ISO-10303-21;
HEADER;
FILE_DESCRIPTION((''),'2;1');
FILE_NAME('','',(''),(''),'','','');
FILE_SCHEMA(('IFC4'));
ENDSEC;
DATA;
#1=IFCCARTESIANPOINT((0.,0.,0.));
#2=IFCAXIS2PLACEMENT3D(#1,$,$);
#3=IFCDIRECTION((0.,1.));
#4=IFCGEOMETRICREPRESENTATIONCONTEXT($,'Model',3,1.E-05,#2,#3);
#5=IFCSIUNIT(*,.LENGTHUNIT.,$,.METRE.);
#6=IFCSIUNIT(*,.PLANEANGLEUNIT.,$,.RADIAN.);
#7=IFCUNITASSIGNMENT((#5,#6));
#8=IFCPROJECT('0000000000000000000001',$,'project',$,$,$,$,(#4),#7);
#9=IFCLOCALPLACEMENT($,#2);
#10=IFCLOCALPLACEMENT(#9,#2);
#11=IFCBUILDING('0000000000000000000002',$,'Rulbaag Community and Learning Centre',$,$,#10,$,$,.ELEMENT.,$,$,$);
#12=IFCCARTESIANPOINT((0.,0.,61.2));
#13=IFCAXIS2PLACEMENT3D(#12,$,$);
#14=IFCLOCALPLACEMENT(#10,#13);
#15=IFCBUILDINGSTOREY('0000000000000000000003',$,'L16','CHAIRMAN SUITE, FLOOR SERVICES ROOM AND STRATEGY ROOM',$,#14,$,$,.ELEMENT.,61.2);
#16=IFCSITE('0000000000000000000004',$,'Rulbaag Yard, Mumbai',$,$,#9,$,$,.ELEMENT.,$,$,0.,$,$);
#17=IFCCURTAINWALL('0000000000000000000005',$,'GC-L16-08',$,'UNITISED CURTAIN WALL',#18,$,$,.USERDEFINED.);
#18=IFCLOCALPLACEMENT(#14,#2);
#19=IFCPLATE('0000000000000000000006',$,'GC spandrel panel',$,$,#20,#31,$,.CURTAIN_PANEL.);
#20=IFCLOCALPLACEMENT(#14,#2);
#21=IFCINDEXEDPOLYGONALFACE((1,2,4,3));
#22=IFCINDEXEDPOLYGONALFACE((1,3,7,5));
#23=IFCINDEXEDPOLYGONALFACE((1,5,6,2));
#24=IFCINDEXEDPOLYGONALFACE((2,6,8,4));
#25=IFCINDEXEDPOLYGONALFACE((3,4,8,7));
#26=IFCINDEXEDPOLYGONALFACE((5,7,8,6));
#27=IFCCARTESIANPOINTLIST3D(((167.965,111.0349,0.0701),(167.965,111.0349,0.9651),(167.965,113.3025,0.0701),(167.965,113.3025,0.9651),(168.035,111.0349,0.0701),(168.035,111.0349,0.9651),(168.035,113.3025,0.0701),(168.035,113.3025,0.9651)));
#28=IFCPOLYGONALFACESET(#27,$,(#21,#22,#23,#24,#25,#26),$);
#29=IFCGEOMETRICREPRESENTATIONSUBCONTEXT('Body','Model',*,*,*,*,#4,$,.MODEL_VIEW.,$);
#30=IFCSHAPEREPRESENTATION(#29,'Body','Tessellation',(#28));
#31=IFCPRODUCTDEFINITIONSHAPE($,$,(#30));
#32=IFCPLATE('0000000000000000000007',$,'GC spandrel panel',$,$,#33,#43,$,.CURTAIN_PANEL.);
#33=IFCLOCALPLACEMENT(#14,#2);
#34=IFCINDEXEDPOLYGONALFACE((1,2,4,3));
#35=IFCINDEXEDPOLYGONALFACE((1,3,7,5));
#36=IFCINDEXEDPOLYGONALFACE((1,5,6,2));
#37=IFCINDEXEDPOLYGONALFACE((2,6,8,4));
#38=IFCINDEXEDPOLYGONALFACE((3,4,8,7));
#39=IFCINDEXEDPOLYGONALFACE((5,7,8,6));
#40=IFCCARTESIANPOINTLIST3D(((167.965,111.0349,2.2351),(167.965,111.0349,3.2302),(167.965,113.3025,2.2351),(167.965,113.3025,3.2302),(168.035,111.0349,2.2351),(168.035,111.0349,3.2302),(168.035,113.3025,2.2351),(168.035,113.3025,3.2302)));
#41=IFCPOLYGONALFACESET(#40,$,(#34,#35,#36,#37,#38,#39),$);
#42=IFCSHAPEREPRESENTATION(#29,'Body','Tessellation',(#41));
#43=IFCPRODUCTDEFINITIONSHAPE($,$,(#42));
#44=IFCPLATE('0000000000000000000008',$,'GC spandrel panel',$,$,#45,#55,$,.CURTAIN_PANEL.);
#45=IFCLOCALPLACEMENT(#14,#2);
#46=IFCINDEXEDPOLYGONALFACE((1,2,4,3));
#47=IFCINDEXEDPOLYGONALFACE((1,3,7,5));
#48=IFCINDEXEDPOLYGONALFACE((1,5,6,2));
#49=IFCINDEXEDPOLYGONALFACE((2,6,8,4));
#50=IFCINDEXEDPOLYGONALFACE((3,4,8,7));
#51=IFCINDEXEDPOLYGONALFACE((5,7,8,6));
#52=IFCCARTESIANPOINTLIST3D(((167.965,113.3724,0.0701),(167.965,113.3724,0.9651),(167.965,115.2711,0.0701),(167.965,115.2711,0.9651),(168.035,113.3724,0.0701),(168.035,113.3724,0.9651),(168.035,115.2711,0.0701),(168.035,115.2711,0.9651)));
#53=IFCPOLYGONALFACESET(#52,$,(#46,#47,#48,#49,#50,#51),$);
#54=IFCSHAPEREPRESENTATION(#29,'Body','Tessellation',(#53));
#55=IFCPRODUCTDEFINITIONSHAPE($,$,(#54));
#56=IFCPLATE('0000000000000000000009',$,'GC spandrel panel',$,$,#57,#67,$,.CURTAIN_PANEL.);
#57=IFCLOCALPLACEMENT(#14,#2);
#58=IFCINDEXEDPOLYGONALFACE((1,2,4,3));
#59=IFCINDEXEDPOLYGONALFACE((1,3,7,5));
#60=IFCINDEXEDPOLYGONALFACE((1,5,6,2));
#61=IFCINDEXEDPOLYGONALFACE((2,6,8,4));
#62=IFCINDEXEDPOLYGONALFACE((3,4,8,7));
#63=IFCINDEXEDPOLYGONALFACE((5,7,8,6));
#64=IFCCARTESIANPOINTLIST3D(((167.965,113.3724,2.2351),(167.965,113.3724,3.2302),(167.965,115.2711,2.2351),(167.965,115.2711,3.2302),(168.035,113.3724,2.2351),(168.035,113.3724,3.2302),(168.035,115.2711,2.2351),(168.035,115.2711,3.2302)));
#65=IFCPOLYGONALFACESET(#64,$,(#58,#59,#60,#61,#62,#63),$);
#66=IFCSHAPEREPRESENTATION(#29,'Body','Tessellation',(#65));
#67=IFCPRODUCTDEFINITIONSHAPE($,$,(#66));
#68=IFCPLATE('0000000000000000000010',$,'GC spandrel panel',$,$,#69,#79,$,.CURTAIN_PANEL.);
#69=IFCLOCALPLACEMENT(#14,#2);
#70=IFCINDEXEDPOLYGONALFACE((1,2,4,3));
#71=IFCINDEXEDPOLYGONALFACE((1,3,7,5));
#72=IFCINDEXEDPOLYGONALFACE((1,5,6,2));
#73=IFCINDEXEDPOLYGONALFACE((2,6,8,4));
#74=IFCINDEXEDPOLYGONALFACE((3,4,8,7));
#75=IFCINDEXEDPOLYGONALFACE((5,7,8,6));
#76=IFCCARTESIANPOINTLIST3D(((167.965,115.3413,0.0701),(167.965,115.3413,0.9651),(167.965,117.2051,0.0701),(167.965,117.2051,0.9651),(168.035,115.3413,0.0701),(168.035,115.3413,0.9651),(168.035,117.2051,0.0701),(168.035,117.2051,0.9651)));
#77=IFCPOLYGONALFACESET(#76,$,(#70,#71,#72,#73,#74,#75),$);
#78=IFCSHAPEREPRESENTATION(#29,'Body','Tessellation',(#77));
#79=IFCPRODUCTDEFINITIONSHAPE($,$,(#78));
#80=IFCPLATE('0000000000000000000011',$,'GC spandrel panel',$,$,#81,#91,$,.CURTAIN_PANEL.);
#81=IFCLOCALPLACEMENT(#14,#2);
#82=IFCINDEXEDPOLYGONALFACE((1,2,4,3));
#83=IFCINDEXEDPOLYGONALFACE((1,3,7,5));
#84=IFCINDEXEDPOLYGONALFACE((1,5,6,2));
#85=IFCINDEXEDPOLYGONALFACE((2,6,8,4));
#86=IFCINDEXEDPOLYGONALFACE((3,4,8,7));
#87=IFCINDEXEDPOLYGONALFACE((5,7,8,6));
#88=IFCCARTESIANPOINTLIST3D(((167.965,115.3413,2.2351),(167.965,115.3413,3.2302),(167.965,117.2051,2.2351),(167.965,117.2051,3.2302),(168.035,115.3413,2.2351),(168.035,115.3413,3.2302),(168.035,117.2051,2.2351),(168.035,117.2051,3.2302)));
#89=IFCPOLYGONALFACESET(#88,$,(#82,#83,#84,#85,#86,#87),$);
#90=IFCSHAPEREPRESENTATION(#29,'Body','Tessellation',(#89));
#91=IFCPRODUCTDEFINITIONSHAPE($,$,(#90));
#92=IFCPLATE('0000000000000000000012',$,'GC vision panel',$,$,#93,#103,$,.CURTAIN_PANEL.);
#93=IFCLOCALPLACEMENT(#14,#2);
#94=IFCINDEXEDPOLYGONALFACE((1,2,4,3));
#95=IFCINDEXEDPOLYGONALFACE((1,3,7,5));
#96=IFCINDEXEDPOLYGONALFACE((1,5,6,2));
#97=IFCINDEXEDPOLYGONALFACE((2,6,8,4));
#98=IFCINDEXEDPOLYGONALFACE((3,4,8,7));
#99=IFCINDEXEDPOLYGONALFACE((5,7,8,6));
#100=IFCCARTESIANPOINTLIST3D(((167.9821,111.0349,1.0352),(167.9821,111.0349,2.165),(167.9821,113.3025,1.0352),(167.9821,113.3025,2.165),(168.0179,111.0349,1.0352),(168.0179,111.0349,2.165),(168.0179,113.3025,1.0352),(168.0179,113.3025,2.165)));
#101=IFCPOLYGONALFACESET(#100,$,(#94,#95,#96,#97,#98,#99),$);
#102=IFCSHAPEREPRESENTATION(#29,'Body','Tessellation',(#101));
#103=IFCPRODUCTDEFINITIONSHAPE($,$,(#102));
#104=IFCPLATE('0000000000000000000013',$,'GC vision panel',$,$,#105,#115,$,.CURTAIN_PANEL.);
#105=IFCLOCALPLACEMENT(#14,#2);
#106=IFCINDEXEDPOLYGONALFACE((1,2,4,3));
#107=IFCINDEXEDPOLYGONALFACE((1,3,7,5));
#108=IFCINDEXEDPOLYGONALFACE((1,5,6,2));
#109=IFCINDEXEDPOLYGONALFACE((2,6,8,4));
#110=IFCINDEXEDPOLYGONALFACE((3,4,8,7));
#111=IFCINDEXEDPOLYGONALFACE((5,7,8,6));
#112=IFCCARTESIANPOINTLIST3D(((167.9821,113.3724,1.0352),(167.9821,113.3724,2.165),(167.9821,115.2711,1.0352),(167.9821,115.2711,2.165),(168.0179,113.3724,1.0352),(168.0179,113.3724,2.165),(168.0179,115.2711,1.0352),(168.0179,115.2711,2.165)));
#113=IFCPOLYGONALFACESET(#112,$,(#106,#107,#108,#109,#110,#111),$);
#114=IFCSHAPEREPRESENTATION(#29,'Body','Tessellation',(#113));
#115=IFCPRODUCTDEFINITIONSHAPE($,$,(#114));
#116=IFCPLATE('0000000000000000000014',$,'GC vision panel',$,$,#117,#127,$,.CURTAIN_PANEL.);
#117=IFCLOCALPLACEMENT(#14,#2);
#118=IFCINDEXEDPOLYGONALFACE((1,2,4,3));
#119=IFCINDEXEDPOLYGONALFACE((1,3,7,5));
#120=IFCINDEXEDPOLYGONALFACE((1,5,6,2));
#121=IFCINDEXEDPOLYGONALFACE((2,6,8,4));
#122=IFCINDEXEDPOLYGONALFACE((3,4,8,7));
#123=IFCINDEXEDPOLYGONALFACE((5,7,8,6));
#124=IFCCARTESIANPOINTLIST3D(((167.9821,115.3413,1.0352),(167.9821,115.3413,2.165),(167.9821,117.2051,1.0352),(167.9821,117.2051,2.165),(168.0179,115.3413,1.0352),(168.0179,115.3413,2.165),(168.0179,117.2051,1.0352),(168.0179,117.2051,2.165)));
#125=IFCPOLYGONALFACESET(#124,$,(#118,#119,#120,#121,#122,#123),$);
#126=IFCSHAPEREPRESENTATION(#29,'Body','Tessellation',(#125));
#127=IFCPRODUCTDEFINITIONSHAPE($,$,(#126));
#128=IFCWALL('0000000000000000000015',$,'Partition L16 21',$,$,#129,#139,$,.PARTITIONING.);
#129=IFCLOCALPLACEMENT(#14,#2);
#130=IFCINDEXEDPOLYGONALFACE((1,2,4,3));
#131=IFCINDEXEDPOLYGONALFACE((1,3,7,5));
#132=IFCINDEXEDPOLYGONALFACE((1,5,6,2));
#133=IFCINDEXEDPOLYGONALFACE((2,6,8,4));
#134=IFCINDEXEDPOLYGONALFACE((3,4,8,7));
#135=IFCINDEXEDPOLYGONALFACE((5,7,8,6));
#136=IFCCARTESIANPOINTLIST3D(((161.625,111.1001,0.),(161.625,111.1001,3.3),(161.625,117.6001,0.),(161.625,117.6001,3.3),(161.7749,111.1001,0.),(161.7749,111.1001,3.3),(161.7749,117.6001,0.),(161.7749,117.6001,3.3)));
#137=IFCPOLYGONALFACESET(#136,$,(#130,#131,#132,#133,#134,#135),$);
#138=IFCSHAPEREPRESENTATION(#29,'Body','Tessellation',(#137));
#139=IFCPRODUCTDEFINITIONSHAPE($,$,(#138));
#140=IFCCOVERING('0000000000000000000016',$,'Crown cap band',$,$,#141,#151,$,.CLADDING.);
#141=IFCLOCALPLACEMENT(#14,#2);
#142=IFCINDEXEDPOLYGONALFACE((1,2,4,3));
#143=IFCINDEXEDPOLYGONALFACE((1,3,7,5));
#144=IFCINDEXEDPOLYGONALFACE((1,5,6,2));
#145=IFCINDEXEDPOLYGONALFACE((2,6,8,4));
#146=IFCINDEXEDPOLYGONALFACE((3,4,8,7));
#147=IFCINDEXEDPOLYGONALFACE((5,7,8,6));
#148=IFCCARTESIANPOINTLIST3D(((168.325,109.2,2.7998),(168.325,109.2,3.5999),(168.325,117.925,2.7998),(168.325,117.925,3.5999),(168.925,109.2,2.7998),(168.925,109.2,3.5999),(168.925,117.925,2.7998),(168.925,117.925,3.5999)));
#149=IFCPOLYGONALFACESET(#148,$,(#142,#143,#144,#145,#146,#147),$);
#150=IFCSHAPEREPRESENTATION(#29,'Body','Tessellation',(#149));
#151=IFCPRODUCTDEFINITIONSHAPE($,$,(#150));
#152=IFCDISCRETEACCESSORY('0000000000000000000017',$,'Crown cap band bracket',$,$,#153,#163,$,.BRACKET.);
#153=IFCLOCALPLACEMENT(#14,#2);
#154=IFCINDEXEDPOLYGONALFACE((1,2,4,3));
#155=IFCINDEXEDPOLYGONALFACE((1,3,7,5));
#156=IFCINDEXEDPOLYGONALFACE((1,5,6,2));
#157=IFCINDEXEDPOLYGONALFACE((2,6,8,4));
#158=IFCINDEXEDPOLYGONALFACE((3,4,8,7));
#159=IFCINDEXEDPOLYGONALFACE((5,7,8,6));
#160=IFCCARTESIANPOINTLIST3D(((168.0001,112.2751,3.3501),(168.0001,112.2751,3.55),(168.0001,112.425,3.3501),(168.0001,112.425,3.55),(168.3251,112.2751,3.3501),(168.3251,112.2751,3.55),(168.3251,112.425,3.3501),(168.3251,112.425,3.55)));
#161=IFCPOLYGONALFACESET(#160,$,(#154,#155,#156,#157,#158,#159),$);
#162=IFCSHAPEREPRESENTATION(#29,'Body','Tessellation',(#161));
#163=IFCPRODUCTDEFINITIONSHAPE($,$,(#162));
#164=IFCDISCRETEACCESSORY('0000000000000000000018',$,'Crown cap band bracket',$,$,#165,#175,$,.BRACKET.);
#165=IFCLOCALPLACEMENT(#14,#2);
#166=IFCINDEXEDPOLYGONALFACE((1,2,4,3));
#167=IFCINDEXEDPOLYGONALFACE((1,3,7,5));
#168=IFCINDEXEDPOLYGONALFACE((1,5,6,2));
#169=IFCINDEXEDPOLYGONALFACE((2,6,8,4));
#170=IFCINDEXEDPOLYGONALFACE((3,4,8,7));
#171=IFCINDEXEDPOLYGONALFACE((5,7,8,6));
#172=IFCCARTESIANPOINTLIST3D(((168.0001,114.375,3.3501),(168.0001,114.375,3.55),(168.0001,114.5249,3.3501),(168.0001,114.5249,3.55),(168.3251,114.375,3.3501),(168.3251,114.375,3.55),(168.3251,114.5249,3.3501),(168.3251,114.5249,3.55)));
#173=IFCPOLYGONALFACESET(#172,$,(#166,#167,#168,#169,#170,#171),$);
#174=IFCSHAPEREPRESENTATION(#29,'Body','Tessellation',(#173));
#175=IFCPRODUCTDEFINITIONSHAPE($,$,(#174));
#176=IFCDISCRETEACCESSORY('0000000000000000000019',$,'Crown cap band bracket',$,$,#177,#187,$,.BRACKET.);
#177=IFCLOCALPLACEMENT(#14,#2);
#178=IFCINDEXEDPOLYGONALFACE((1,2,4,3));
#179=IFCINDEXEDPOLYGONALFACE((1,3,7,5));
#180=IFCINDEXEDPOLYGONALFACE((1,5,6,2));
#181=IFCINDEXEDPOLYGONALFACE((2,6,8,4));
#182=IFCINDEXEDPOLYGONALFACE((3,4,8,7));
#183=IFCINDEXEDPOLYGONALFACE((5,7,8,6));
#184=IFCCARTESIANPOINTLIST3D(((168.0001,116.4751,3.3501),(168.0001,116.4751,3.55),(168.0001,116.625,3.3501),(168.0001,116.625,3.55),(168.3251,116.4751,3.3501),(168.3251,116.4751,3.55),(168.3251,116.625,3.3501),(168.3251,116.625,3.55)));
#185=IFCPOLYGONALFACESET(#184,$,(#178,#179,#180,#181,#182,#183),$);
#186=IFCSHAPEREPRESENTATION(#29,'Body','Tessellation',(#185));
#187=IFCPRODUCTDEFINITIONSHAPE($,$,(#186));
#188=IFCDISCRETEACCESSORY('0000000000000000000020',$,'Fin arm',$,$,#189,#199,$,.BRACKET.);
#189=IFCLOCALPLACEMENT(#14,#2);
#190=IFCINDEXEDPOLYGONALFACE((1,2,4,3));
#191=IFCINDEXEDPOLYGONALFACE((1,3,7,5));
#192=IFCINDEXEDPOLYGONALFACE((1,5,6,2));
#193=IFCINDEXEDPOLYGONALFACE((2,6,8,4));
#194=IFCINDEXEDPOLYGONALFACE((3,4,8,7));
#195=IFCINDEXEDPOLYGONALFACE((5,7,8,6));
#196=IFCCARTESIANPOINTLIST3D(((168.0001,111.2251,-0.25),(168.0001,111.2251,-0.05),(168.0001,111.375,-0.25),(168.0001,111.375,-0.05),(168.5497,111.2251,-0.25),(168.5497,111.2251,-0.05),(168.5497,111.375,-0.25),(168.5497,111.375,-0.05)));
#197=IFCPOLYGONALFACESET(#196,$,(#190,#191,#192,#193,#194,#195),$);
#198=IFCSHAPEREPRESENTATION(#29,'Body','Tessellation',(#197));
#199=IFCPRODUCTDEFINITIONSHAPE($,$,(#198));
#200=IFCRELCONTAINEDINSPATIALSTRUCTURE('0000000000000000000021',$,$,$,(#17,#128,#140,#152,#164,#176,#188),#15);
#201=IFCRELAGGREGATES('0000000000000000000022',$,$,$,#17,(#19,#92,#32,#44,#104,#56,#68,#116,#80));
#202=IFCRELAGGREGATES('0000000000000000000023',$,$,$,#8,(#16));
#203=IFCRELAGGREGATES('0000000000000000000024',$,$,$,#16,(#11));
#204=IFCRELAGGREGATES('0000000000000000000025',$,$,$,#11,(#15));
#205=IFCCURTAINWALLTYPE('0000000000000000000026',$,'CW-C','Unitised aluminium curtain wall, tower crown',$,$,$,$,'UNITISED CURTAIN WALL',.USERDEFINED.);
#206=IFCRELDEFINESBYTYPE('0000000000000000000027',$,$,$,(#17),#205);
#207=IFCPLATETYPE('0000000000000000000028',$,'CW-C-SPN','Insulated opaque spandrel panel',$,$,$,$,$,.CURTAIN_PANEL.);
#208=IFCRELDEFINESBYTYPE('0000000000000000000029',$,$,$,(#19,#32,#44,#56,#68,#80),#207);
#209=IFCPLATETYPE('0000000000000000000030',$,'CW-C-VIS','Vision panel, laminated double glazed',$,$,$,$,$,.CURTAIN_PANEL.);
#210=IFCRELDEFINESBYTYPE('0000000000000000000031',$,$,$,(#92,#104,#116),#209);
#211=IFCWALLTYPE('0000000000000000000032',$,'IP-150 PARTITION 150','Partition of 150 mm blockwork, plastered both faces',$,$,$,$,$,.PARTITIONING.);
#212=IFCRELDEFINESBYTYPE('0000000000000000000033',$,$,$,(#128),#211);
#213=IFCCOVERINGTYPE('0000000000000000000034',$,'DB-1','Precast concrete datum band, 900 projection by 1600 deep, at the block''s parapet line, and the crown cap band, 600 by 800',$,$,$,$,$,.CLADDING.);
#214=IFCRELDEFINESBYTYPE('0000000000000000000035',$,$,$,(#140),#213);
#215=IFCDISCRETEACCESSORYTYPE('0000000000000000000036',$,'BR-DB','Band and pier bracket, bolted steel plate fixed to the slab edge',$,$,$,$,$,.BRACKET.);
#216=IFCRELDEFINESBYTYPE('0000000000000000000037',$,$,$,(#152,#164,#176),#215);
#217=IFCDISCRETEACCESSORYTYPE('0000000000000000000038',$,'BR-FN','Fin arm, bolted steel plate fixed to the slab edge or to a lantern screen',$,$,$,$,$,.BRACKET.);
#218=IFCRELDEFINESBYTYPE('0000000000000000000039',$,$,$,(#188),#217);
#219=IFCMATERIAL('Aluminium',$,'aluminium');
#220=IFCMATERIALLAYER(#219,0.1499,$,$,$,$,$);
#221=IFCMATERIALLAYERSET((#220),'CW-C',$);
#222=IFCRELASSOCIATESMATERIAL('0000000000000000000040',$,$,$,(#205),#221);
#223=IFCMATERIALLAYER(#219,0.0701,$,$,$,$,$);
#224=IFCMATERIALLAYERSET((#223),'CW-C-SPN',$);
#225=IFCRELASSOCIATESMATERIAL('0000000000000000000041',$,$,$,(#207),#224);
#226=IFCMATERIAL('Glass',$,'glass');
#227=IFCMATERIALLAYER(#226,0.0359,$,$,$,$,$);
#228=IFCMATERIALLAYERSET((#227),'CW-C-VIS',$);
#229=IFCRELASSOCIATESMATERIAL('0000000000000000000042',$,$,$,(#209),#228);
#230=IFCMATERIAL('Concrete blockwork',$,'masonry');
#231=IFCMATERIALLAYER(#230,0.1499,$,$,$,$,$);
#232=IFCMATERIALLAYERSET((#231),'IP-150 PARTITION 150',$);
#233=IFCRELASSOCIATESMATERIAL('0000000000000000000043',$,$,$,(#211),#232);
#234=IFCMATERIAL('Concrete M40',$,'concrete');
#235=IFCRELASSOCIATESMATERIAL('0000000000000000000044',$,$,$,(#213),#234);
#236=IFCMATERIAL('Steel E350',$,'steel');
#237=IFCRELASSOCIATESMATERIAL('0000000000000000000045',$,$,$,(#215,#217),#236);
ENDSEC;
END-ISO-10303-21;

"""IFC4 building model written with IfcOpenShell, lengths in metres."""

from ifc_helpers import new_model, si_unit, direction, frame, frame_2d, origin, origin_2d, place, context, subcontext, project, spatial, rectangle, extrude, material, layer, layer_set, type_object, element, aggregate, save


model = new_model("IFC4")

# Units and contexts
model_context = context("Model", 3, precision=1e-05, world=origin(), true_north=direction((0.0, 1.0)))
body_context = subcontext(model_context, "Body", "Model", "MODEL_VIEW")
ifc_project = project(units=[si_unit("LENGTHUNIT", "METRE"), si_unit("PLANEANGLEUNIT", "RADIAN")], contexts=[model_context])

# Site, building, storey
site_placement = place(None, origin())
site = spatial("IfcSite", under=ifc_project, at=site_placement, Name="Rulbaag Yard, Mumbai", CompositionType="ELEMENT", RefElevation=0.0)
building_placement = place(site_placement, origin())
building = spatial("IfcBuilding", under=site, at=building_placement, Name="Rulbaag Community and Learning Centre", CompositionType="ELEMENT")
storey_placement = place(building_placement, frame((0.0, 0.0, 61.2)))
storey = spatial("IfcBuildingStorey", under=building, at=storey_placement, Name="L16", Description="CHAIRMAN SUITE, FLOOR SERVICES ROOM AND STRATEGY ROOM", CompositionType="ELEMENT", Elevation=61.2)

# Curtain wall
ifc_material_1 = material(Name="Aluminium", Category="aluminium")
ifc_layer_1 = layer(ifc_material_1, 0.1499)
ifc_layer_set_1 = layer_set([ifc_layer_1], Name="CW-C")
curtain_wall_type = type_object("IfcCurtainWallType", Name="CW-C", Description="Unitised aluminium curtain wall, tower crown", ElementType="UNITISED CURTAIN WALL", PredefinedType="USERDEFINED", material=ifc_layer_set_1)
curtain_wall_1_placement = place(storey_placement, origin())
curtain_wall_1 = element("IfcCurtainWall", 1, at=curtain_wall_1_placement, inside=storey, type_object=curtain_wall_type, Name="GC-L16-08", ObjectType="UNITISED CURTAIN WALL", PredefinedType="USERDEFINED")

# Plates
ifc_layer_2 = layer(ifc_material_1, 0.0701)
ifc_layer_set_2 = layer_set([ifc_layer_2], Name="CW-C-SPN")
plate_type_1 = type_object("IfcPlateType", Name="CW-C-SPN", Description="Insulated opaque spandrel panel", PredefinedType="CURTAIN_PANEL", material=ifc_layer_set_2)
plate_1_placement = place(storey_placement, frame((168.0, 112.1687, 0.0701), z_axis=(0.0, 0.0, 1.0), x_axis=(0.0, 1.0, 0.0)))
plate_1 = element("IfcPlate", 2, at=plate_1_placement, type_object=plate_type_1, Name="GC spandrel panel", PredefinedType="CURTAIN_PANEL", context=body_context, shape_type="SweptSolid", body=[
    extrude(rectangle(XDim=2.2676, YDim=0.0701, at=origin_2d()), origin(), (0.0, 0.0, 1.0), 0.895),
])
plate_2_placement = place(storey_placement, frame((168.0, 112.1687, 2.2351), z_axis=(0.0, 0.0, 1.0), x_axis=(0.0, 1.0, 0.0)))
plate_2 = element("IfcPlate", 3, at=plate_2_placement, type_object=plate_type_1, Name="GC spandrel panel", PredefinedType="CURTAIN_PANEL", context=body_context, shape_type="SweptSolid", body=[
    extrude(rectangle(XDim=2.2676, YDim=0.0701, at=origin_2d()), origin(), (0.0, 0.0, 1.0), 0.9951),
])
plate_3_placement = place(storey_placement, frame((168.0, 114.3218, 0.0701), z_axis=(0.0, 0.0, 1.0), x_axis=(0.0, 1.0, 0.0)))
plate_3 = element("IfcPlate", 4, at=plate_3_placement, type_object=plate_type_1, Name="GC spandrel panel", PredefinedType="CURTAIN_PANEL", context=body_context, shape_type="SweptSolid", body=[
    extrude(rectangle(XDim=1.8987, YDim=0.0701, at=origin_2d()), origin(), (0.0, 0.0, 1.0), 0.895),
])
plate_4_placement = place(storey_placement, frame((168.0, 114.3218, 2.2351), z_axis=(0.0, 0.0, 1.0), x_axis=(0.0, 1.0, 0.0)))
plate_4 = element("IfcPlate", 5, at=plate_4_placement, type_object=plate_type_1, Name="GC spandrel panel", PredefinedType="CURTAIN_PANEL", context=body_context, shape_type="SweptSolid", body=[
    extrude(rectangle(XDim=1.8987, YDim=0.0701, at=origin_2d()), origin(), (0.0, 0.0, 1.0), 0.9951),
])
plate_5_placement = place(storey_placement, frame((168.0, 116.2732, 0.0701), z_axis=(0.0, 0.0, 1.0), x_axis=(0.0, 1.0, 0.0)))
plate_5 = element("IfcPlate", 6, at=plate_5_placement, type_object=plate_type_1, Name="GC spandrel panel", PredefinedType="CURTAIN_PANEL", context=body_context, shape_type="SweptSolid", body=[
    extrude(rectangle(XDim=1.8638, YDim=0.0701, at=origin_2d()), origin(), (0.0, 0.0, 1.0), 0.895),
])
plate_6_placement = place(storey_placement, frame((168.0, 116.2732, 2.2351), z_axis=(0.0, 0.0, 1.0), x_axis=(0.0, 1.0, 0.0)))
plate_6 = element("IfcPlate", 7, at=plate_6_placement, type_object=plate_type_1, Name="GC spandrel panel", PredefinedType="CURTAIN_PANEL", context=body_context, shape_type="SweptSolid", body=[
    extrude(rectangle(XDim=1.8638, YDim=0.0701, at=origin_2d()), origin(), (0.0, 0.0, 1.0), 0.9951),
])
ifc_material_2 = material(Name="Glass", Category="glass")
ifc_layer_3 = layer(ifc_material_2, 0.0359)
ifc_layer_set_3 = layer_set([ifc_layer_3], Name="CW-C-VIS")
plate_type_2 = type_object("IfcPlateType", Name="CW-C-VIS", Description="Vision panel, laminated double glazed", PredefinedType="CURTAIN_PANEL", material=ifc_layer_set_3)
plate_7_placement = place(storey_placement, frame((168.0, 112.1687, 1.0352), z_axis=(0.0, 0.0, 1.0), x_axis=(0.0, 1.0, 0.0)))
plate_7 = element("IfcPlate", 8, at=plate_7_placement, type_object=plate_type_2, Name="GC vision panel", PredefinedType="CURTAIN_PANEL", context=body_context, shape_type="SweptSolid", body=[
    extrude(rectangle(XDim=2.2676, YDim=0.0359, at=origin_2d()), origin(), (0.0, 0.0, 1.0), 1.1299),
])
plate_8_placement = place(storey_placement, frame((168.0, 114.3218, 1.0352), z_axis=(0.0, 0.0, 1.0), x_axis=(0.0, 1.0, 0.0)))
plate_8 = element("IfcPlate", 9, at=plate_8_placement, type_object=plate_type_2, Name="GC vision panel", PredefinedType="CURTAIN_PANEL", context=body_context, shape_type="SweptSolid", body=[
    extrude(rectangle(XDim=1.8987, YDim=0.0359, at=origin_2d()), origin(), (0.0, 0.0, 1.0), 1.1299),
])
plate_9_placement = place(storey_placement, frame((168.0, 116.2732, 1.0352), z_axis=(0.0, 0.0, 1.0), x_axis=(0.0, 1.0, 0.0)))
plate_9 = element("IfcPlate", 10, at=plate_9_placement, type_object=plate_type_2, Name="GC vision panel", PredefinedType="CURTAIN_PANEL", context=body_context, shape_type="SweptSolid", body=[
    extrude(rectangle(XDim=1.8638, YDim=0.0359, at=origin_2d()), origin(), (0.0, 0.0, 1.0), 1.1299),
])
aggregate(curtain_wall_1, [plate_1, plate_7, plate_2, plate_3, plate_8, plate_4, plate_5, plate_9, plate_6])

# Wall
ifc_material_3 = material(Name="Concrete blockwork", Category="masonry")
ifc_layer_4 = layer(ifc_material_3, 0.1499)
ifc_layer_set_4 = layer_set([ifc_layer_4], Name="IP-150 PARTITION 150")
wall_type = type_object("IfcWallType", Name="IP-150 PARTITION 150", Description="Partition of 150 mm blockwork, plastered both faces", PredefinedType="PARTITIONING", material=ifc_layer_set_4)
wall_placement = place(storey_placement, frame((161.7, 111.1001, 0.0), z_axis=(0.0, 0.0, 1.0), x_axis=(0.0, 1.0, 0.0)))
element("IfcWall", 11, at=wall_placement, inside=storey, type_object=wall_type, Name="Partition L16 21", PredefinedType="PARTITIONING", context=body_context, shape_type="SweptSolid", body=[
    extrude(rectangle(XDim=6.5, YDim=0.1499, at=frame_2d((3.25, 0.0))), origin(), (0.0, 0.0, 1.0), 3.3),
])

# Covering
ifc_material_4 = material(Name="Concrete M40", Category="concrete")
covering_type = type_object("IfcCoveringType", Name="DB-1", Description="Precast concrete datum band, 900 projection by 1600 deep, at the block's parapet line, and the crown cap band, 600 by 800", PredefinedType="CLADDING", material=ifc_material_4)
covering_placement = place(storey_placement, frame((168.625, 113.5625, 2.7998), z_axis=(0.0, 0.0, 1.0), x_axis=(1.0, 0.0, 0.0)))
element("IfcCovering", 12, at=covering_placement, inside=storey, type_object=covering_type, Name="Crown cap band", PredefinedType="CLADDING", context=body_context, shape_type="SweptSolid", body=[
    extrude(rectangle(XDim=0.6001, YDim=8.7251, at=origin_2d()), origin(), (0.0, 0.0, 1.0), 0.8),
])

# Discrete accessories
ifc_material_5 = material(Name="Steel E350", Category="steel")
discrete_accessory_type_1 = type_object("IfcDiscreteAccessoryType", Name="BR-DB", Description="Band and pier bracket, bolted steel plate fixed to the slab edge", PredefinedType="BRACKET", material=ifc_material_5)
for number, where, z_axis, x_axis, name in (
    (13, (168.1626, 112.3501, 3.3501), (0.0, 0.0, 1.0), (1.0, 0.0, 0.0), "Crown cap band bracket"),
    (14, (168.1626, 114.45, 3.3501), (0.0, 0.0, 1.0), (1.0, 0.0, 0.0), "Crown cap band bracket"),
    (15, (168.1626, 116.55, 3.3501), (0.0, 0.0, 1.0), (1.0, 0.0, 0.0), "Crown cap band bracket"),
):
    element("IfcDiscreteAccessory", number, at=place(storey_placement, frame(where, z_axis=z_axis, x_axis=x_axis)), inside=storey, type_object=discrete_accessory_type_1, Name=name, PredefinedType="BRACKET", context=body_context, shape_type="SweptSolid", body=[
        extrude(rectangle(XDim=0.325, YDim=0.1499, at=origin_2d()), origin(), (0.0, 0.0, 1.0), 0.2),
    ])
discrete_accessory_type_2 = type_object("IfcDiscreteAccessoryType", Name="BR-FN", Description="Fin arm, bolted steel plate fixed to the slab edge or to a lantern screen", PredefinedType="BRACKET", material=ifc_material_5)
for number, where, z_axis, x_axis, name in (
    (16, (168.2749, 111.3, -0.25), (0.0, 0.0, 1.0), (1.0, 0.0, 0.0), "Fin arm"),
):
    element("IfcDiscreteAccessory", number, at=place(storey_placement, frame(where, z_axis=z_axis, x_axis=x_axis)), inside=storey, type_object=discrete_accessory_type_2, Name=name, PredefinedType="BRACKET", context=body_context, shape_type="SweptSolid", body=[
        extrude(rectangle(XDim=0.5496, YDim=0.1499, at=origin_2d()), origin(), (0.0, 0.0, 1.0), 0.2),
    ])

save(model, "model.ifc")
